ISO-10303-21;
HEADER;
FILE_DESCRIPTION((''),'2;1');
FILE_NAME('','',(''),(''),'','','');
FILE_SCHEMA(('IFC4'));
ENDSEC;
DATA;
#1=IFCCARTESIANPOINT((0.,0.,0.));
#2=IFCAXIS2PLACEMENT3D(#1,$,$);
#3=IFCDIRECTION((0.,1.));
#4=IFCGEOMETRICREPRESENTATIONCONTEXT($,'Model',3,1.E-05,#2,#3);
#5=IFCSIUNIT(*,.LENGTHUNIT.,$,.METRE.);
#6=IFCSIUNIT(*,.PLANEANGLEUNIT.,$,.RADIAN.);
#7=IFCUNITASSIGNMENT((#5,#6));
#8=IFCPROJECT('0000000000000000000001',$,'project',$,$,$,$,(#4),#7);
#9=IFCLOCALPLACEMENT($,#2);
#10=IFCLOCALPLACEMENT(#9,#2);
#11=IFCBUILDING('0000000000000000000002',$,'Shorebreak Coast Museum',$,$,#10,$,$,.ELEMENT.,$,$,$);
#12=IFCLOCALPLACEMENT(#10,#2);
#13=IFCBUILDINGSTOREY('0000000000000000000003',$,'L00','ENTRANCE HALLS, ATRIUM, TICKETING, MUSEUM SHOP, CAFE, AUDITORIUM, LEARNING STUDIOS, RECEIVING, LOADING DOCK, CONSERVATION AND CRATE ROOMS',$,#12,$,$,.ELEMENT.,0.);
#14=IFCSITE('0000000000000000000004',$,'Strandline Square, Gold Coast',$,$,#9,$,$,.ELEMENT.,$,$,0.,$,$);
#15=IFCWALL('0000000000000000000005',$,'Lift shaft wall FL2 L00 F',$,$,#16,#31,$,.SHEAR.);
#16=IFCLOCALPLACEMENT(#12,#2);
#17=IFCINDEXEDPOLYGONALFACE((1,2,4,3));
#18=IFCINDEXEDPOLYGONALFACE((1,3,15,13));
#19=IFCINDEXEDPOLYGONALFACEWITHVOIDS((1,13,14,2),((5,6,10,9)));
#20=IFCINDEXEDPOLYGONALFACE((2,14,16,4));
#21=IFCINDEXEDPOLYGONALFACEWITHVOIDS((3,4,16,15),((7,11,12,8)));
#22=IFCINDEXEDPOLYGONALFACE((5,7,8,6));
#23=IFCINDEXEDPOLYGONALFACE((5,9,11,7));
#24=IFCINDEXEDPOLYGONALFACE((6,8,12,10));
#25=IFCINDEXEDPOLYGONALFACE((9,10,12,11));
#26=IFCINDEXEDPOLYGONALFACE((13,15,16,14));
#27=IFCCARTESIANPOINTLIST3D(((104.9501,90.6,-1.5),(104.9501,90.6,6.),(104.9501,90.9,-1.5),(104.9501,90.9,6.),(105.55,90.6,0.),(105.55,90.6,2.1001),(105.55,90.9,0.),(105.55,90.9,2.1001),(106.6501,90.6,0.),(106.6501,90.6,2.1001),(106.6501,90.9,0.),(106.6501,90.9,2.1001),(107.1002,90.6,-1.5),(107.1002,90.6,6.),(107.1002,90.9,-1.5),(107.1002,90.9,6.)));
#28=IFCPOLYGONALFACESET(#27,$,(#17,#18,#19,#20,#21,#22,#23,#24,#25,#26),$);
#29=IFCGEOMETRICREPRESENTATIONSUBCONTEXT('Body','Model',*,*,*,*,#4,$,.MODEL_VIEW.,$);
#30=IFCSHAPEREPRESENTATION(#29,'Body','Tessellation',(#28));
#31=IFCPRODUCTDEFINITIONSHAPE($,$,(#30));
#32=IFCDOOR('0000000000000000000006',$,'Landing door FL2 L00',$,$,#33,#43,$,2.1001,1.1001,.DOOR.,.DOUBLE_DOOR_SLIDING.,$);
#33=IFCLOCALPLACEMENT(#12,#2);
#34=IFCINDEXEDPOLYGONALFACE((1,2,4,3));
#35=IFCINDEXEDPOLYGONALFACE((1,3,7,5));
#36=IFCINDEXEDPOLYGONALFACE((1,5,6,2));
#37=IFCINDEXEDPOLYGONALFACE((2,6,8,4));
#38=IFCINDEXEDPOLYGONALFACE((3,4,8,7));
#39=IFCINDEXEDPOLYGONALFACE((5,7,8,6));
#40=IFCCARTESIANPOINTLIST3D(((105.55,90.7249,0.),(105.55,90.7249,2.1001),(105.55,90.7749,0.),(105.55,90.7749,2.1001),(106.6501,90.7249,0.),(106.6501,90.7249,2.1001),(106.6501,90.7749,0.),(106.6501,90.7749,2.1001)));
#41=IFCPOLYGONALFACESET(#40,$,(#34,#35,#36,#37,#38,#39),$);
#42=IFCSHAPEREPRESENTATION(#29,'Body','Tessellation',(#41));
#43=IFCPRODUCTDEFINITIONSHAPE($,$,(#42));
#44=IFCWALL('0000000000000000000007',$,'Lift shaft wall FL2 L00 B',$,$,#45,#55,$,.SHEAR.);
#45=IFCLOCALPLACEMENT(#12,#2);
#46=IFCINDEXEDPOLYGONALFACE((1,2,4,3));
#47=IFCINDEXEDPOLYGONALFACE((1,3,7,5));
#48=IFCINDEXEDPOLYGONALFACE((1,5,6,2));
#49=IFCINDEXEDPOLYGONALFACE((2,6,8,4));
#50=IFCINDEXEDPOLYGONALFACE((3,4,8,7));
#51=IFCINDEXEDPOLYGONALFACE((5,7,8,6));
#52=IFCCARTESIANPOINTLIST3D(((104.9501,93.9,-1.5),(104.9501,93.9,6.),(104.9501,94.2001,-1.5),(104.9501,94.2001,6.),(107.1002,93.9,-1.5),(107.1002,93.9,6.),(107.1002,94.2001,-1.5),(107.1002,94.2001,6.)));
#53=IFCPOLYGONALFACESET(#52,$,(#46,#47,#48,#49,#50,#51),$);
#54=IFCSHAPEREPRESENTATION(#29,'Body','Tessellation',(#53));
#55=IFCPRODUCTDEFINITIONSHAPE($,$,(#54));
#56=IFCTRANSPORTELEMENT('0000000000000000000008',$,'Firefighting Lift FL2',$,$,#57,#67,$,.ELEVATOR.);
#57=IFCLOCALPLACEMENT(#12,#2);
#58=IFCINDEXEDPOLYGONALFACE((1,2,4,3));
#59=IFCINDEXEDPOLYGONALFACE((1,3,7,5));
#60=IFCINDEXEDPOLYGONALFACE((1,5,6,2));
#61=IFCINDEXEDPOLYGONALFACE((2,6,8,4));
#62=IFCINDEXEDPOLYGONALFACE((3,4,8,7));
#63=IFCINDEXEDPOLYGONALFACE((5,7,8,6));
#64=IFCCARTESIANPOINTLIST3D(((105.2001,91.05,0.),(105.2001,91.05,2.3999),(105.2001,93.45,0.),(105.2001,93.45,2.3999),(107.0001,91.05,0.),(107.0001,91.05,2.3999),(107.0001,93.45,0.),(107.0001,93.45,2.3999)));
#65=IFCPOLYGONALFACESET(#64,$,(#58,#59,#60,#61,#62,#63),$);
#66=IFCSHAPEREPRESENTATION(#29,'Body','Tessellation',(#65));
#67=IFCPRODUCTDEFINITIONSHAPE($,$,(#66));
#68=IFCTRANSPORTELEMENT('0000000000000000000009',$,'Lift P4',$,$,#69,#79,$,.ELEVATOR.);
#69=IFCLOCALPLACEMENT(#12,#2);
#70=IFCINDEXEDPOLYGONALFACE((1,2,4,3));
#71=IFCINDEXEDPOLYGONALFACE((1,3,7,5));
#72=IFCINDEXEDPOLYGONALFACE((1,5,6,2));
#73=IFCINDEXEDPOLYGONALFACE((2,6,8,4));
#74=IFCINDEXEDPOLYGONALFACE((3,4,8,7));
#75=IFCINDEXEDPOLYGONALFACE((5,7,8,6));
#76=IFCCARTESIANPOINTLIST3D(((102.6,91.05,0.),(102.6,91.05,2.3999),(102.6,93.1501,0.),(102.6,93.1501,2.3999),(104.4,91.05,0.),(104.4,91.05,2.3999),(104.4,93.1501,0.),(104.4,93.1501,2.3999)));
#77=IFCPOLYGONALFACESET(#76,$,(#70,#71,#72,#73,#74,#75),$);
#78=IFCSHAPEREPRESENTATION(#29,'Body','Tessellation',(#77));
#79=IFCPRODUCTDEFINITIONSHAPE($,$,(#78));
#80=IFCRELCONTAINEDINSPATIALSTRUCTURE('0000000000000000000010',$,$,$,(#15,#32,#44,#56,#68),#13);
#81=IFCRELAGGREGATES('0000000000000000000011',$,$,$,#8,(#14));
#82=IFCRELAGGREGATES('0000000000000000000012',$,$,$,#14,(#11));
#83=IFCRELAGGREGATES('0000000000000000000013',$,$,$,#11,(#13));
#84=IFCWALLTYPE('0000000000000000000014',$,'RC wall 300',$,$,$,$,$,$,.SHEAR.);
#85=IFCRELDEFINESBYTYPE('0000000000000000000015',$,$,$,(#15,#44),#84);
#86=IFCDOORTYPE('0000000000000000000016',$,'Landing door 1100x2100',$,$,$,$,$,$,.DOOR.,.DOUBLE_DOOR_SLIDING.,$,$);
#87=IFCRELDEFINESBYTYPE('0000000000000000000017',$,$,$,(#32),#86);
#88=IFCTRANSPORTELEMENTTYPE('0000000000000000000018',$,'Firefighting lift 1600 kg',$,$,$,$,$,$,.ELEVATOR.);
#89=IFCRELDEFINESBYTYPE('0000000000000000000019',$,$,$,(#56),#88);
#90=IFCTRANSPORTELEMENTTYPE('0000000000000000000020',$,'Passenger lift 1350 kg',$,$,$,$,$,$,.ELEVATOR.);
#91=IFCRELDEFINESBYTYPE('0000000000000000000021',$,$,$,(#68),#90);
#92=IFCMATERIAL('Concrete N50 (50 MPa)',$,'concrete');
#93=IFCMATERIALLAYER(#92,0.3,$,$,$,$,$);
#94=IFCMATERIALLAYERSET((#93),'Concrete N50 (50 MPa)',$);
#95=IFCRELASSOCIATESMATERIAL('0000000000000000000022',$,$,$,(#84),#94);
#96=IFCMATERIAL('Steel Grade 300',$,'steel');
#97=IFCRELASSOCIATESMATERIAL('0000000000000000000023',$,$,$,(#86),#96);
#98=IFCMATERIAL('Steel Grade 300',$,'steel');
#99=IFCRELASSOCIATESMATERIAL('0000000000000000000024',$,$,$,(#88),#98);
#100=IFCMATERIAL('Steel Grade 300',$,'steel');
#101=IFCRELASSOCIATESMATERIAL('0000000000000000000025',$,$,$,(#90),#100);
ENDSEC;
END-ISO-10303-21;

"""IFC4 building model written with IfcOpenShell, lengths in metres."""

from ifc_helpers import new_model, si_unit, direction, frame, frame_2d, origin, origin_2d, place, context, subcontext, project, spatial, rectangle, extrude, material, layer, layer_set, type_object, element, fill, save


model = new_model("IFC4")

# Units and contexts
model_context = context("Model", 3, precision=1e-05, world=origin(), true_north=direction((0.0, 1.0)))
body_context = subcontext(model_context, "Body", "Model", "MODEL_VIEW")
ifc_project = project(units=[si_unit("LENGTHUNIT", "METRE"), si_unit("PLANEANGLEUNIT", "RADIAN")], contexts=[model_context])

# Site, building, storey
site_placement = place(None, origin())
site = spatial("IfcSite", under=ifc_project, at=site_placement, Name="Strandline Square, Gold Coast", CompositionType="ELEMENT", RefElevation=0.0)
building_placement = place(site_placement, origin())
building = spatial("IfcBuilding", under=site, at=building_placement, Name="Shorebreak Coast Museum", CompositionType="ELEMENT")
storey_placement = place(building_placement, origin())
storey = spatial("IfcBuildingStorey", under=building, at=storey_placement, Name="L00", Description="ENTRANCE HALLS, ATRIUM, TICKETING, MUSEUM SHOP, CAFE, AUDITORIUM, LEARNING STUDIOS, RECEIVING, LOADING DOCK, CONSERVATION AND CRATE ROOMS", CompositionType="ELEMENT", Elevation=0.0)

# Shared definitions
ifc_material_1 = material(Name="Concrete N50 (50 MPa)", Category="concrete")
ifc_layer_1 = layer(ifc_material_1, 0.3)
ifc_layer_set_1 = layer_set([ifc_layer_1], Name="Concrete N50 (50 MPa)")
wall_type_1 = type_object("IfcWallType", Name="RC wall 300", PredefinedType="SHEAR", material=ifc_layer_set_1)

# Shared definitions
ifc_material_2 = material(Name="Steel Grade 300", Category="steel")
door_type = type_object("IfcDoorType", Name="Landing door 1100x2100", OperationType="DOUBLE_DOOR_SLIDING", PredefinedType="DOOR", material=ifc_material_2)

# Wall, opening, door
wall_1_placement = place(storey_placement, frame((104.95, 90.75, -1.5), z_axis=(0.0, 0.0, 1.0), x_axis=(1.0, 0.0, 0.0)))
wall_1 = element("IfcWall", 1, at=wall_1_placement, inside=storey, type_object=wall_type_1, Name="Lift shaft wall FL2 L00 F", PredefinedType="SHEAR", context=body_context, shape_type="SweptSolid", body=[
    extrude(rectangle(XDim=2.1501, YDim=0.3, at=frame_2d((1.0752, 0.0))), origin(), (0.0, 0.0, 1.0), 7.5),
])
opening_1_placement = place(wall_1_placement, frame((0.6001, 0.0, 1.5)))
opening_1 = element("IfcOpeningElement", 2, at=opening_1_placement, cuts=wall_1, PredefinedType="OPENING", context=body_context, shape_type="SweptSolid", body=[
    extrude(rectangle(XDim=1.1001, YDim=2.1001, at=frame_2d((0.55, 1.05))), frame((0.0, 0.1599, 0.0), z_axis=(0.0, -1.0, 0.0), x_axis=(1.0, 0.0, 0.0)), (0.0, 0.0, 1.0), 0.3201),
])
door_1_placement = place(opening_1_placement, origin())
door_1 = element("IfcDoor", 3, at=door_1_placement, inside=storey, type_object=door_type, Name="Landing door FL2 L00", OperationType="DOUBLE_DOOR_SLIDING", OverallHeight=2.1001, OverallWidth=1.1001, PredefinedType="DOOR", context=body_context, shape_type="SweptSolid", body=[
    extrude(rectangle(XDim=1.1001, YDim=2.1001, at=frame_2d((0.55, 1.05))), frame((0.0, 0.0249, 0.0), z_axis=(0.0, -1.0, 0.0), x_axis=(1.0, 0.0, 0.0)), (0.0, 0.0, 1.0), 0.05),
])
fill(opening_1, door_1)

# Wall
wall_2_placement = place(storey_placement, frame((104.95, 94.05, -1.5), z_axis=(0.0, 0.0, 1.0), x_axis=(1.0, 0.0, 0.0)))
element("IfcWall", 4, at=wall_2_placement, inside=storey, type_object=wall_type_1, Name="Lift shaft wall FL2 L00 B", PredefinedType="SHEAR", context=body_context, shape_type="SweptSolid", body=[
    extrude(rectangle(XDim=2.1501, YDim=0.3, at=frame_2d((1.0752, 0.0))), origin(), (0.0, 0.0, 1.0), 7.5),
])

# Transport elements
ifc_material_3 = material(Name="Steel Grade 300", Category="steel")
transport_element_type_1 = type_object("IfcTransportElementType", Name="Firefighting lift 1600 kg", PredefinedType="ELEVATOR", material=ifc_material_3)
transport_element_1_placement = place(storey_placement, frame((106.1001, 92.25, 0.0), z_axis=(0.0, 0.0, 1.0), x_axis=(1.0, 0.0, 0.0)))
element("IfcTransportElement", 5, at=transport_element_1_placement, inside=storey, type_object=transport_element_type_1, Name="Firefighting Lift FL2", PredefinedType="ELEVATOR", context=body_context, shape_type="SweptSolid", body=[
    extrude(rectangle(XDim=1.8, YDim=2.3999, at=origin_2d()), origin(), (0.0, 0.0, 1.0), 2.3999),
])
ifc_material_4 = material(Name="Steel Grade 300", Category="steel")
transport_element_type_2 = type_object("IfcTransportElementType", Name="Passenger lift 1350 kg", PredefinedType="ELEVATOR", material=ifc_material_4)
transport_element_2_placement = place(storey_placement, frame((103.5, 92.1001, 0.0), z_axis=(0.0, 0.0, 1.0), x_axis=(1.0, 0.0, 0.0)))
element("IfcTransportElement", 6, at=transport_element_2_placement, inside=storey, type_object=transport_element_type_2, Name="Lift P4", PredefinedType="ELEVATOR", context=body_context, shape_type="SweptSolid", body=[
    extrude(rectangle(XDim=1.8, YDim=2.1001, at=origin_2d()), origin(), (0.0, 0.0, 1.0), 2.3999),
])

save(model, "model.ifc")
